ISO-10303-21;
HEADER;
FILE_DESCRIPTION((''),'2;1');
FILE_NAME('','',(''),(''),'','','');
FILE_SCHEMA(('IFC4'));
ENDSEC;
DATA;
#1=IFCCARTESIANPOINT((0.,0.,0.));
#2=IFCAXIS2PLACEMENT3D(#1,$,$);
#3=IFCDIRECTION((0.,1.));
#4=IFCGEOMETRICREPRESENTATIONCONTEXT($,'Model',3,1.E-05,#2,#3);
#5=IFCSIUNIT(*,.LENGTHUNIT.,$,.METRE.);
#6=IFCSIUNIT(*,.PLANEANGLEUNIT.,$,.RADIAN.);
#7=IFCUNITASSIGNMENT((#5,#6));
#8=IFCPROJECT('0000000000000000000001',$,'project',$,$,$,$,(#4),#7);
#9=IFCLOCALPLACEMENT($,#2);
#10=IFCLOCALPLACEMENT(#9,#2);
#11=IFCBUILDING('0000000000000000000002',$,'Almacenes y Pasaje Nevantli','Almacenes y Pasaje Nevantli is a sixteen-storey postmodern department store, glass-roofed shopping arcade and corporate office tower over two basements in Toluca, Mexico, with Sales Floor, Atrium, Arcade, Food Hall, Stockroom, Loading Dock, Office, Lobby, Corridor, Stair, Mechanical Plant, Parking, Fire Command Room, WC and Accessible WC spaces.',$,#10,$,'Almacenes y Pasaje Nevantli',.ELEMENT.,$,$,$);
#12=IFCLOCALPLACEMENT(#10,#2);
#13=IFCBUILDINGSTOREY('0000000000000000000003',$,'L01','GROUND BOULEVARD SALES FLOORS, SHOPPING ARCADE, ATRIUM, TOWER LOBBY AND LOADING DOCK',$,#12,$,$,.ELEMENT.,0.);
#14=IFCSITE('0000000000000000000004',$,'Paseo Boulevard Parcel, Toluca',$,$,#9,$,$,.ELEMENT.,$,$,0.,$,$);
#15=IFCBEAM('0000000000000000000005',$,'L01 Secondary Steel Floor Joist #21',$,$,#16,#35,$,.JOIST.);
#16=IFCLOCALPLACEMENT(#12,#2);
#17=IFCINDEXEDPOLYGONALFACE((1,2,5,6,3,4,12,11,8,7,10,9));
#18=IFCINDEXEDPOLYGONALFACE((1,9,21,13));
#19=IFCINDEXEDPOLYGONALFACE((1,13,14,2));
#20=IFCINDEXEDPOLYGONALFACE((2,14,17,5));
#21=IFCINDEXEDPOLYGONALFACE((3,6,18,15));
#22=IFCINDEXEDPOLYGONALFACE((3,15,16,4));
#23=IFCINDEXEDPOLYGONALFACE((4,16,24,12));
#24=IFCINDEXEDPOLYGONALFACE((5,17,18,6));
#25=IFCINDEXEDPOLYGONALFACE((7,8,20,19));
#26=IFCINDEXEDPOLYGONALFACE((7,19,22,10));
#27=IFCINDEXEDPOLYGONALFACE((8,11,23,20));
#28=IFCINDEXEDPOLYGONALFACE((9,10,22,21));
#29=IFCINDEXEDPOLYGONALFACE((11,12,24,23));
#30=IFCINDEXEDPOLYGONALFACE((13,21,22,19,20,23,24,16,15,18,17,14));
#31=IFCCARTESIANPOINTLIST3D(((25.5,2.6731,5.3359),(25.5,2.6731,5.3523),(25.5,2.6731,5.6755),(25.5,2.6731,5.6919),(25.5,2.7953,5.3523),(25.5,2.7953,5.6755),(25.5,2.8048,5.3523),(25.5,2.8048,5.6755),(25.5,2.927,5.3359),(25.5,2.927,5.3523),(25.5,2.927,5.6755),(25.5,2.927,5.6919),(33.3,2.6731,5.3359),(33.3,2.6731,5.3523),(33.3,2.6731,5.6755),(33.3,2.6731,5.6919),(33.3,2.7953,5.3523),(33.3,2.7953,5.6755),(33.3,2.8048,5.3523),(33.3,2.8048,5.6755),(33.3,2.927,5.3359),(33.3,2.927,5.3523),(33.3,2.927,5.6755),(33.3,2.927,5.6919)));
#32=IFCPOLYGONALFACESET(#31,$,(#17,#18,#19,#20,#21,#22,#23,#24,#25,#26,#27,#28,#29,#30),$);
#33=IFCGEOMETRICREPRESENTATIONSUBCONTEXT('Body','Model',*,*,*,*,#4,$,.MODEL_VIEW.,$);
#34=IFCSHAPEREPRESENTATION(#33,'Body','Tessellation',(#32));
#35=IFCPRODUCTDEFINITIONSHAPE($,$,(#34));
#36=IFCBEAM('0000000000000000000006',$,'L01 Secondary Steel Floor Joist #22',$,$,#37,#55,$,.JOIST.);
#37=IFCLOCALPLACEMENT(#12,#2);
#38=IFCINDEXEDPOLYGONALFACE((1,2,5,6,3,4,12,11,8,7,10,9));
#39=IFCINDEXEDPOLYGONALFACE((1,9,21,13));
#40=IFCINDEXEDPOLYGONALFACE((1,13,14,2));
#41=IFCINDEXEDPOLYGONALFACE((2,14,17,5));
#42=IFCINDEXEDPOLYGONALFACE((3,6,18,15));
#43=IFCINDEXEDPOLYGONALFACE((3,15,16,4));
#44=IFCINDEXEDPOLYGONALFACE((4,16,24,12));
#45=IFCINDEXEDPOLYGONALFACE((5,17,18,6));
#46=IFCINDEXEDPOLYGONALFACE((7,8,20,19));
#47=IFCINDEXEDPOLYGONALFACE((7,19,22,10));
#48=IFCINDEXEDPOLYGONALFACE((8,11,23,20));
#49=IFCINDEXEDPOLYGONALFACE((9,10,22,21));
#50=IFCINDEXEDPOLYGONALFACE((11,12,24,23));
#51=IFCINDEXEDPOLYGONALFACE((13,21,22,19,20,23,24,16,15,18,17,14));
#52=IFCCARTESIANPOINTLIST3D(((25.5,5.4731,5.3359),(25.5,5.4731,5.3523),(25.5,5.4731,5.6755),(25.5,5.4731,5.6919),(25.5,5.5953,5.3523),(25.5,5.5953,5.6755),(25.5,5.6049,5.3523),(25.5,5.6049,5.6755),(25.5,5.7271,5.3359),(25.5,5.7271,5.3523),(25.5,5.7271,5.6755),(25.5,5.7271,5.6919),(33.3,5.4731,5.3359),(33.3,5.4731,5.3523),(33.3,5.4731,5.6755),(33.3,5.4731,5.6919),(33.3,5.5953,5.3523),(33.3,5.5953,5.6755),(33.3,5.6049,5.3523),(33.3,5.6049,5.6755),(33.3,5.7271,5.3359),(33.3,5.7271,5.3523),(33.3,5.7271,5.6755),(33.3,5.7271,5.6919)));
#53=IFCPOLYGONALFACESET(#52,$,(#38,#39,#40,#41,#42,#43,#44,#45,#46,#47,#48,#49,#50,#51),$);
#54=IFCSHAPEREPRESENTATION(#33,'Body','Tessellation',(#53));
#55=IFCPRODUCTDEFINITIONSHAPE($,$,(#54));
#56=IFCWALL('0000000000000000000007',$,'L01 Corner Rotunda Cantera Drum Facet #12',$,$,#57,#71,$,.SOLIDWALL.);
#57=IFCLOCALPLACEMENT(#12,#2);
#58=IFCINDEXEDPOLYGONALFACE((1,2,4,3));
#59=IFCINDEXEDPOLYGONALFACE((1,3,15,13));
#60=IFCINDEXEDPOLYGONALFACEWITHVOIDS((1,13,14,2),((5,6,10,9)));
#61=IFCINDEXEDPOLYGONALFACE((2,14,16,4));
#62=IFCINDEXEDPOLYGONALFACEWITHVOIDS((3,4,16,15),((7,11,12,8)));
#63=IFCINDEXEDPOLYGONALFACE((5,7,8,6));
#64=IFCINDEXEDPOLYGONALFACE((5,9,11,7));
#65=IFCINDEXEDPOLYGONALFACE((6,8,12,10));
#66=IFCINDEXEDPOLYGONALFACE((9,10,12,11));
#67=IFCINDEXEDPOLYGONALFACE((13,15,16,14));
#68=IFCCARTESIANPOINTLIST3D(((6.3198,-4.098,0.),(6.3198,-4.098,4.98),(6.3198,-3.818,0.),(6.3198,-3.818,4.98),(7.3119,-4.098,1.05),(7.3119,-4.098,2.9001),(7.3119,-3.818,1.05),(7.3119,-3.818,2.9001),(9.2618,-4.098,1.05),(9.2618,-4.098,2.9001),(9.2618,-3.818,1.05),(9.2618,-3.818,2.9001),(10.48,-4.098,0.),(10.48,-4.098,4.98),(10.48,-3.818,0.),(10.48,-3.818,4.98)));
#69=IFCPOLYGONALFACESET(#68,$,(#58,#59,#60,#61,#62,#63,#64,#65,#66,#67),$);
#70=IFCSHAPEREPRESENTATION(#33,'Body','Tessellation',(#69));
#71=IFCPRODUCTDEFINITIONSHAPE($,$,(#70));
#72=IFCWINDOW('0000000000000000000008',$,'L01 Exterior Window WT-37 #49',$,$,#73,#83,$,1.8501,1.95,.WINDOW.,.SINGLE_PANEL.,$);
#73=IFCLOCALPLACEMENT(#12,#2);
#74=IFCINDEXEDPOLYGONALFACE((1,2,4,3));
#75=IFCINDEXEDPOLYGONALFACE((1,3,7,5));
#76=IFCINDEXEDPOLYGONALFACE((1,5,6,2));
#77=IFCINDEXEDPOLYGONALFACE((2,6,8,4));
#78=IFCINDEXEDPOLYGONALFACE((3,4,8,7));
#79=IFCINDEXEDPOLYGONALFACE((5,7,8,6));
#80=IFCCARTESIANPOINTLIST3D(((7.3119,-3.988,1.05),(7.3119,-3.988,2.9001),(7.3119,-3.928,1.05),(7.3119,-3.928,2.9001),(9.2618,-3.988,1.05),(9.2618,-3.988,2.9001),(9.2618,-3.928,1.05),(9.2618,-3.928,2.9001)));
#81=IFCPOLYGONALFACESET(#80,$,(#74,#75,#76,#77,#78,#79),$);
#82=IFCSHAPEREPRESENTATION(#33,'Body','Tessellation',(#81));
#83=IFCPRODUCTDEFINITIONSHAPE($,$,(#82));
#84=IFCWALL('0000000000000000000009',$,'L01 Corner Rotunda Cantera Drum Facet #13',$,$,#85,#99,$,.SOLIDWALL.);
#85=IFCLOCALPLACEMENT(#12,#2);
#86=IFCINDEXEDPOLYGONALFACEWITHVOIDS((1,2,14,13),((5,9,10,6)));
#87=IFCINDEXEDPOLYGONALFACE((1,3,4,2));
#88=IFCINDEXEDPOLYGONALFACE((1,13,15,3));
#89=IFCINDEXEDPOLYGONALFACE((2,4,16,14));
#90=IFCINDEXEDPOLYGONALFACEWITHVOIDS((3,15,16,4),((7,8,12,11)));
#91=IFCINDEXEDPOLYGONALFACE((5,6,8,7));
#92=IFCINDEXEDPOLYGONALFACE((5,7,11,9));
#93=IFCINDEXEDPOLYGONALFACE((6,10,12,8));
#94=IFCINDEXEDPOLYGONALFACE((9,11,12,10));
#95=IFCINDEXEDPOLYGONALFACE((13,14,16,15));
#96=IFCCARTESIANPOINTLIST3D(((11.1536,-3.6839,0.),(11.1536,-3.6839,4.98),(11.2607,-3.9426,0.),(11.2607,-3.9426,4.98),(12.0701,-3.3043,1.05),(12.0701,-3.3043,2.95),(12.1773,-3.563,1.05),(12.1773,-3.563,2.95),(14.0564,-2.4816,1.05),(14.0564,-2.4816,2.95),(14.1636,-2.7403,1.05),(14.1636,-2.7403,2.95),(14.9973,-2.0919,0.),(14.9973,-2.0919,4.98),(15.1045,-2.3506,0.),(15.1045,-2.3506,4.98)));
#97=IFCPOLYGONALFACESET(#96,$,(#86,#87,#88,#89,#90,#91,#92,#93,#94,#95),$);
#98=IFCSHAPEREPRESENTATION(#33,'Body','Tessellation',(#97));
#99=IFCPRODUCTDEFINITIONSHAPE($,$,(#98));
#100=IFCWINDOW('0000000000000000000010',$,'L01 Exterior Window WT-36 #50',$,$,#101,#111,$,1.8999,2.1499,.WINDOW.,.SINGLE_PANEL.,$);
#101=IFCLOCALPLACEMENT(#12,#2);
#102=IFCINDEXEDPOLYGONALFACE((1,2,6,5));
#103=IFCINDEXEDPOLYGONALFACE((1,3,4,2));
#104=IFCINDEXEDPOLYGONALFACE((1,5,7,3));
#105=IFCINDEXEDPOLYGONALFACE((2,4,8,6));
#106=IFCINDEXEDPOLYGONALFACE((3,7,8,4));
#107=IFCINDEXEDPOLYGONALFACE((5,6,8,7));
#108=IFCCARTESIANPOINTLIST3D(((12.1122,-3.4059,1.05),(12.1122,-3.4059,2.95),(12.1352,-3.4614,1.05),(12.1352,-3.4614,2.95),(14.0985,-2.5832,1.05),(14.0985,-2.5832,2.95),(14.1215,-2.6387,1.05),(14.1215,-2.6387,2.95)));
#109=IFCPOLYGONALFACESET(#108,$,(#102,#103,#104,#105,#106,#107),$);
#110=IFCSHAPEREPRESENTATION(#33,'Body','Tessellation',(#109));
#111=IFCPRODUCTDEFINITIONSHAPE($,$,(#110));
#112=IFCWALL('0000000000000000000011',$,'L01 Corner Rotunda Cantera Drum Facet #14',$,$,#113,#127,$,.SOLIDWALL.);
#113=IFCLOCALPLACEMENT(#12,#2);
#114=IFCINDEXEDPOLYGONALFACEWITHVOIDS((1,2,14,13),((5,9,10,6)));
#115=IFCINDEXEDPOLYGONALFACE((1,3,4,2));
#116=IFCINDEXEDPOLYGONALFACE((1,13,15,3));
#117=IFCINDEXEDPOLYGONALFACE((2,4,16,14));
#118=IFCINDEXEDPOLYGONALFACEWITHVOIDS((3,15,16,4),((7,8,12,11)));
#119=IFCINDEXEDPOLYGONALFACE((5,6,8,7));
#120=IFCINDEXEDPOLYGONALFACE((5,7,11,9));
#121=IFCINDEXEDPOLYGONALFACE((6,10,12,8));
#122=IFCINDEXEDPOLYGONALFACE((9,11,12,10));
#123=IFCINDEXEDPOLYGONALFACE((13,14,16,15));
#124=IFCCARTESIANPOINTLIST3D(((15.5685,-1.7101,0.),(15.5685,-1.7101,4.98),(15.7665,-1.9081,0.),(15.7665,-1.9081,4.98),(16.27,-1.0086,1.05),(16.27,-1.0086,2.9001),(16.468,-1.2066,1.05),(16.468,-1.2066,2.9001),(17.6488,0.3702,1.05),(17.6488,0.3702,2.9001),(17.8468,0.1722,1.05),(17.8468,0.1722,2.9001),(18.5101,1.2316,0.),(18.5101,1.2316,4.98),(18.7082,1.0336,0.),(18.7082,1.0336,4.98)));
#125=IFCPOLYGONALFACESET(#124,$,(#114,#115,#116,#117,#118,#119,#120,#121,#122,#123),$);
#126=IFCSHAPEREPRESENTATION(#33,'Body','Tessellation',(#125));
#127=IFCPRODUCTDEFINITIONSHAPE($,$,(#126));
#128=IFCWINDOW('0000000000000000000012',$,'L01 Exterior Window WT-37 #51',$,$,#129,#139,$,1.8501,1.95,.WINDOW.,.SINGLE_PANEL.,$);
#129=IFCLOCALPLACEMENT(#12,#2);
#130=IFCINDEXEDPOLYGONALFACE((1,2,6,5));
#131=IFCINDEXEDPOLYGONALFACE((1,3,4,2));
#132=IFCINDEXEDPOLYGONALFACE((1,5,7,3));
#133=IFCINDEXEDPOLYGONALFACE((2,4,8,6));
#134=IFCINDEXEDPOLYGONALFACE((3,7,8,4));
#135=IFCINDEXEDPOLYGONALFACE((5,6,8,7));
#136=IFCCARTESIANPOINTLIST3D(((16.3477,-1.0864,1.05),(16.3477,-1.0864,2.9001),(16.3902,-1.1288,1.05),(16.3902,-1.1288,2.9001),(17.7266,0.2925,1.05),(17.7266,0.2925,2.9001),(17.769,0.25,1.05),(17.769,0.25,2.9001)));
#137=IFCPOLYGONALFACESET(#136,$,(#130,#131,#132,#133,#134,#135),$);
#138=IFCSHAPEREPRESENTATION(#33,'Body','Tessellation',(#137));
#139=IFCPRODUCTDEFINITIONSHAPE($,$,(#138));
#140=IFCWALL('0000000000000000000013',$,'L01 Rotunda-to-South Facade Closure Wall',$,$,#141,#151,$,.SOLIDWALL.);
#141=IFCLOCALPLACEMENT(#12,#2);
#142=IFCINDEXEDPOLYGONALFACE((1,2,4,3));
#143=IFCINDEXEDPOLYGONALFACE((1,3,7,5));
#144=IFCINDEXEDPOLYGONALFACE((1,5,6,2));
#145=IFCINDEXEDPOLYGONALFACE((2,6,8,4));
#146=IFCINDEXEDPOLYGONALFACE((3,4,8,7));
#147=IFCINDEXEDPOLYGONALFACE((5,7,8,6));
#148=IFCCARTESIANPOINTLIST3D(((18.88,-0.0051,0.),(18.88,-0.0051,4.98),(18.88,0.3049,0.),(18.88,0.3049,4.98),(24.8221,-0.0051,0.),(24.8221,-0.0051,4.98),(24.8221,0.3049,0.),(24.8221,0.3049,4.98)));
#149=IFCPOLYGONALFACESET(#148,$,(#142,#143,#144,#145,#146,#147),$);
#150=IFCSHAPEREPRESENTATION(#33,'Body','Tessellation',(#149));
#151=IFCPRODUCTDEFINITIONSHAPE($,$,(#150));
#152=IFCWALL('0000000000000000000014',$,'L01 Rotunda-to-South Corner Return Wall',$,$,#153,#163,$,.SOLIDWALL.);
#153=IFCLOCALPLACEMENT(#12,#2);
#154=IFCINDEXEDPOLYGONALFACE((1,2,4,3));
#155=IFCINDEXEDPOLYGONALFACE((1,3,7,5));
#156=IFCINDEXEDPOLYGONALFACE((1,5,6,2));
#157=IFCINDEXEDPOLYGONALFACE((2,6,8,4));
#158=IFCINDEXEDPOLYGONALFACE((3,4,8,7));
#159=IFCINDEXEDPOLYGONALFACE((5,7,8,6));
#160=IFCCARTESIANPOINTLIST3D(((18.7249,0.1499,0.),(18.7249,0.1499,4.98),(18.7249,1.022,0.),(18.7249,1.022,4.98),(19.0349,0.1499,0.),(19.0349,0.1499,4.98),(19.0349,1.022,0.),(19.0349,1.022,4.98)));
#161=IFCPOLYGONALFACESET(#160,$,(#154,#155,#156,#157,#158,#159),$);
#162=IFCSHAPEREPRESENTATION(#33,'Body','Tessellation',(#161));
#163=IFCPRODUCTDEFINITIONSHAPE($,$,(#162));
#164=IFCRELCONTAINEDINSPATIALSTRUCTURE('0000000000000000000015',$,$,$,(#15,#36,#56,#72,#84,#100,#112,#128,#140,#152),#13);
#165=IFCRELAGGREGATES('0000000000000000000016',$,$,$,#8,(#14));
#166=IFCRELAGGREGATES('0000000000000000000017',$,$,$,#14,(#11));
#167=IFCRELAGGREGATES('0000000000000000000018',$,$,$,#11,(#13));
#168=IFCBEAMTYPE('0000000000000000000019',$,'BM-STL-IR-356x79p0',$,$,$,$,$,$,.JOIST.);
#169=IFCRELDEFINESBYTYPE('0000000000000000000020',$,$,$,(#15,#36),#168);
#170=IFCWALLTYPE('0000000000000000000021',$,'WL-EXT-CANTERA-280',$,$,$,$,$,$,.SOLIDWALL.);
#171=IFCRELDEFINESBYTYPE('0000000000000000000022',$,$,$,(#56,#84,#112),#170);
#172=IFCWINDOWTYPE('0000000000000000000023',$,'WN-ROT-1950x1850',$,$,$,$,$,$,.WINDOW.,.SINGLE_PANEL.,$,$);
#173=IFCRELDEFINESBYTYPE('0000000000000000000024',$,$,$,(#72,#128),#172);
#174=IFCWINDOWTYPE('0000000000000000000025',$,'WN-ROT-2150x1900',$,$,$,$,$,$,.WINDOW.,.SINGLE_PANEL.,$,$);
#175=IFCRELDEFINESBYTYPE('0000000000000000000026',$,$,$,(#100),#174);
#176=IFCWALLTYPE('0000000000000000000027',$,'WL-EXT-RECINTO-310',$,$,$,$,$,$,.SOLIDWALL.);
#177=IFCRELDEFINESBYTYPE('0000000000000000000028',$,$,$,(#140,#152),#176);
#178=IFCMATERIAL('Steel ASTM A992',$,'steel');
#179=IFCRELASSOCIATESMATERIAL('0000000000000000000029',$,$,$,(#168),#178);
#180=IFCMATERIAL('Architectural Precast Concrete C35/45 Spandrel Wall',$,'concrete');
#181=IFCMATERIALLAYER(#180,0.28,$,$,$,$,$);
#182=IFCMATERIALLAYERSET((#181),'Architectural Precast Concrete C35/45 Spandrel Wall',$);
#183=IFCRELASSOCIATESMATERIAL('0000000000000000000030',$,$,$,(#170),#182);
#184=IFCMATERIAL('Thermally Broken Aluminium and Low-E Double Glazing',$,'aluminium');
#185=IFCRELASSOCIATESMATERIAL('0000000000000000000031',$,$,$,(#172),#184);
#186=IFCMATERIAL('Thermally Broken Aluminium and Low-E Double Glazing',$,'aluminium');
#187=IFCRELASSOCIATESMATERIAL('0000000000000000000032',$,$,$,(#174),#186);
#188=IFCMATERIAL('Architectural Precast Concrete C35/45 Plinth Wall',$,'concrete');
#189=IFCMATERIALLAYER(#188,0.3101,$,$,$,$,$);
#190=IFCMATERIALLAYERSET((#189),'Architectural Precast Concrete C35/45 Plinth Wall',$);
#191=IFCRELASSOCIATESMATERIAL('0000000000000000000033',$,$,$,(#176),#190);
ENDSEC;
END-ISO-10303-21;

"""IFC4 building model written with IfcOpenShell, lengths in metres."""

from ifc_helpers import new_model, si_unit, direction, frame, frame_2d, origin, origin_2d, place, context, subcontext, project, spatial, rectangle, i_section, extrude, material, layer, layer_set, material_profile, profile_set, type_object, element, fill, save


model = new_model("IFC4")

# Units and contexts
model_context = context("Model", 3, precision=1e-05, world=origin(), true_north=direction((0.0, 1.0)))
body_context = subcontext(model_context, "Body", "Model", "MODEL_VIEW")
ifc_project = project(units=[si_unit("LENGTHUNIT", "METRE"), si_unit("PLANEANGLEUNIT", "RADIAN")], contexts=[model_context])

# Site, building, storey
site_placement = place(None, origin())
site = spatial("IfcSite", under=ifc_project, at=site_placement, Name="Paseo Boulevard Parcel, Toluca", CompositionType="ELEMENT", RefElevation=0.0)
building_placement = place(site_placement, origin())
building = spatial("IfcBuilding", under=site, at=building_placement, Name="Almacenes y Pasaje Nevantli", Description="Almacenes y Pasaje Nevantli is a sixteen-storey postmodern department store, glass-roofed shopping arcade and corporate office tower over two basements in Toluca, Mexico, with Sales Floor, Atrium, Arcade, Food Hall, Stockroom, Loading Dock, Office, Lobby, Corridor, Stair, Mechanical Plant, Parking, Fire Command Room, WC and Accessible WC spaces.", LongName="Almacenes y Pasaje Nevantli", CompositionType="ELEMENT")
storey_placement = place(building_placement, origin())
storey = spatial("IfcBuildingStorey", under=building, at=storey_placement, Name="L01", Description="GROUND BOULEVARD SALES FLOORS, SHOPPING ARCADE, ATRIUM, TOWER LOBBY AND LOADING DOCK", CompositionType="ELEMENT", Elevation=0.0)

# Beams
ifc_material_1 = material(Name="Steel ASTM A992", Category="steel")
ifc_material_profile_1 = material_profile(ifc_material_1, i_section(OverallWidth=0.2539, OverallDepth=0.356, WebThickness=0.0095, FlangeThickness=0.0164, at=origin_2d()), Name="IR 356x79.0")
ifc_profile_set_1 = profile_set([ifc_material_profile_1], Name="Steel ASTM A992")
beam_type_1 = type_object("IfcBeamType", Name="BM-STL-IR-356x79p0", PredefinedType="JOIST", material=ifc_profile_set_1)
for number, where, z_axis, x_axis, name in (
    (1, (25.5, 2.8, 5.5139), (1.0, 0.0, 0.0), (0.0, 1.0, 0.0), "L01 Secondary Steel Floor Joist #21"),
    (2, (25.5, 5.6001, 5.5139), (1.0, 0.0, 0.0), (0.0, 1.0, 0.0), "L01 Secondary Steel Floor Joist #22"),
):
    element("IfcBeam", number, at=place(storey_placement, frame(where, z_axis=z_axis, x_axis=x_axis)), inside=storey, type_object=beam_type_1, Name=name, PredefinedType="JOIST", context=body_context, shape_type="SweptSolid", body=[
        extrude(i_section(OverallWidth=0.2539, OverallDepth=0.356, WebThickness=0.0095, FlangeThickness=0.0164, at=origin_2d()), origin(), (0.0, 0.0, 1.0), 7.8),
    ])

# Walls, openings, windows
ifc_material_2 = material(Name="Architectural Precast Concrete C35/45 Spandrel Wall", Category="concrete")
ifc_layer_1 = layer(ifc_material_2, 0.28)
ifc_layer_set_1 = layer_set([ifc_layer_1], Name="Architectural Precast Concrete C35/45 Spandrel Wall")
wall_type_1 = type_object("IfcWallType", Name="WL-EXT-CANTERA-280", PredefinedType="SOLIDWALL", material=ifc_layer_set_1)
wall_1_placement = place(storey_placement, frame((6.3198, -3.958, 0.0), z_axis=(0.0, 0.0, 1.0), x_axis=(1.0, 0.0, 0.0)))
wall_1 = element("IfcWall", 3, at=wall_1_placement, inside=storey, type_object=wall_type_1, Name="L01 Corner Rotunda Cantera Drum Facet #12", PredefinedType="SOLIDWALL", context=body_context, shape_type="SweptSolid", body=[
    extrude(rectangle(XDim=4.1602, YDim=0.28, at=frame_2d((2.0801, 0.0))), origin(), (0.0, 0.0, 1.0), 4.98),
])
opening_1_placement = place(wall_1_placement, frame((0.9919, 0.0, 1.05)))
opening_1 = element("IfcOpeningElement", 4, at=opening_1_placement, cuts=wall_1, PredefinedType="OPENING", context=body_context, shape_type="SweptSolid", body=[
    extrude(rectangle(XDim=1.95, YDim=1.8501, at=frame_2d((0.9751, 0.925))), frame((0.0, 0.1499, 0.0), z_axis=(0.0, -1.0, 0.0), x_axis=(1.0, 0.0, 0.0)), (0.0, 0.0, 1.0), 0.3),
])
ifc_material_3 = material(Name="Thermally Broken Aluminium and Low-E Double Glazing", Category="aluminium")
window_type_1 = type_object("IfcWindowType", Name="WN-ROT-1950x1850", PartitioningType="SINGLE_PANEL", PredefinedType="WINDOW", material=ifc_material_3)
window_1_placement = place(opening_1_placement, origin())
window_1 = element("IfcWindow", 5, at=window_1_placement, inside=storey, type_object=window_type_1, Name="L01 Exterior Window WT-37 #49", OverallHeight=1.8501, OverallWidth=1.95, PartitioningType="SINGLE_PANEL", PredefinedType="WINDOW", context=body_context, shape_type="SweptSolid", body=[
    extrude(rectangle(XDim=1.95, YDim=1.8501, at=frame_2d((0.9751, 0.925))), frame((0.0, 0.03, 0.0), z_axis=(0.0, -1.0, 0.0), x_axis=(1.0, 0.0, 0.0)), (0.0, 0.0, 1.0), 0.0601),
])
fill(opening_1, window_1)
wall_2_placement = place(storey_placement, frame((11.2073, -3.8132, 0.0), z_axis=(0.0, 0.0, 1.0), x_axis=(0.923887, 0.382664, 0.0)))
wall_2 = element("IfcWall", 6, at=wall_2_placement, inside=storey, type_object=wall_type_1, Name="L01 Corner Rotunda Cantera Drum Facet #13", PredefinedType="SOLIDWALL", context=body_context, shape_type="SweptSolid", body=[
    extrude(rectangle(XDim=4.1604, YDim=0.28, at=frame_2d((2.0801, 0.0))), origin(), (0.0, 0.0, 1.0), 4.98),
])
opening_2_placement = place(wall_2_placement, frame((0.9919, 0.0, 1.05)))
opening_2 = element("IfcOpeningElement", 7, at=opening_2_placement, cuts=wall_2, PredefinedType="OPENING", context=body_context, shape_type="SweptSolid", body=[
    extrude(rectangle(XDim=2.1499, YDim=1.8999, at=frame_2d((1.075, 0.95))), frame((0.0, 0.1499, 0.0), z_axis=(0.0, -1.0, 0.0), x_axis=(1.0, 0.0, 0.0)), (0.0, 0.0, 1.0), 0.3),
])
ifc_material_4 = material(Name="Thermally Broken Aluminium and Low-E Double Glazing", Category="aluminium")
window_type_2 = type_object("IfcWindowType", Name="WN-ROT-2150x1900", PartitioningType="SINGLE_PANEL", PredefinedType="WINDOW", material=ifc_material_4)
window_2_placement = place(opening_2_placement, origin())
window_2 = element("IfcWindow", 8, at=window_2_placement, inside=storey, type_object=window_type_2, Name="L01 Exterior Window WT-36 #50", OverallHeight=1.8999, OverallWidth=2.1499, PartitioningType="SINGLE_PANEL", PredefinedType="WINDOW", context=body_context, shape_type="SweptSolid", body=[
    extrude(rectangle(XDim=2.1499, YDim=1.8999, at=frame_2d((1.075, 0.95))), frame((0.0, 0.03, 0.0), z_axis=(0.0, -1.0, 0.0), x_axis=(1.0, 0.0, 0.0)), (0.0, 0.0, 1.0), 0.0601),
])
fill(opening_2, window_2)
wall_3_placement = place(storey_placement, frame((15.6675, -1.8091, 0.0), z_axis=(0.0, 0.0, 1.0), x_axis=(0.707107, 0.707107, 0.0)))
wall_3 = element("IfcWall", 9, at=wall_3_placement, inside=storey, type_object=wall_type_1, Name="L01 Corner Rotunda Cantera Drum Facet #14", PredefinedType="SOLIDWALL", context=body_context, shape_type="SweptSolid", body=[
    extrude(rectangle(XDim=4.1602, YDim=0.28, at=frame_2d((2.0801, 0.0))), origin(), (0.0, 0.0, 1.0), 4.98),
])
opening_3_placement = place(wall_3_placement, frame((0.9919, 0.0, 1.05)))
opening_3 = element("IfcOpeningElement", 10, at=opening_3_placement, cuts=wall_3, PredefinedType="OPENING", context=body_context, shape_type="SweptSolid", body=[
    extrude(rectangle(XDim=1.95, YDim=1.8501, at=frame_2d((0.9751, 0.925))), frame((0.0, 0.1499, 0.0), z_axis=(0.0, -1.0, 0.0), x_axis=(1.0, 0.0, 0.0)), (0.0, 0.0, 1.0), 0.3),
])
window_3_placement = place(opening_3_placement, origin())
window_3 = element("IfcWindow", 11, at=window_3_placement, inside=storey, type_object=window_type_1, Name="L01 Exterior Window WT-37 #51", OverallHeight=1.8501, OverallWidth=1.95, PartitioningType="SINGLE_PANEL", PredefinedType="WINDOW", context=body_context, shape_type="SweptSolid", body=[
    extrude(rectangle(XDim=1.95, YDim=1.8501, at=frame_2d((0.9751, 0.925))), frame((0.0, 0.03, 0.0), z_axis=(0.0, -1.0, 0.0), x_axis=(1.0, 0.0, 0.0)), (0.0, 0.0, 1.0), 0.0601),
])
fill(opening_3, window_3)

# Walls
ifc_material_5 = material(Name="Architectural Precast Concrete C35/45 Plinth Wall", Category="concrete")
ifc_layer_2 = layer(ifc_material_5, 0.3101)
ifc_layer_set_2 = layer_set([ifc_layer_2], Name="Architectural Precast Concrete C35/45 Plinth Wall")
wall_type_2 = type_object("IfcWallType", Name="WL-EXT-RECINTO-310", PredefinedType="SOLIDWALL", material=ifc_layer_set_2)
wall_4_placement = place(storey_placement, frame((18.8799, 0.1499, 0.0), z_axis=(0.0, 0.0, 1.0), x_axis=(1.0, 0.0, 0.0)))
element("IfcWall", 12, at=wall_4_placement, inside=storey, type_object=wall_type_2, Name="L01 Rotunda-to-South Facade Closure Wall", PredefinedType="SOLIDWALL", context=body_context, shape_type="SweptSolid", body=[
    extrude(rectangle(XDim=5.9421, YDim=0.3101, at=frame_2d((2.9712, 0.0))), origin(), (0.0, 0.0, 1.0), 4.98),
])
wall_5_placement = place(storey_placement, frame((18.8799, 0.1499, 0.0), z_axis=(0.0, 0.0, 1.0), x_axis=(0.0, 1.0, 0.0)))
element("IfcWall", 13, at=wall_5_placement, inside=storey, type_object=wall_type_2, Name="L01 Rotunda-to-South Corner Return Wall", PredefinedType="SOLIDWALL", context=body_context, shape_type="SweptSolid", body=[
    extrude(rectangle(XDim=0.8721, YDim=0.3101, at=frame_2d((0.436, 0.0))), origin(), (0.0, 0.0, 1.0), 4.98),
])

save(model, "model.ifc")
